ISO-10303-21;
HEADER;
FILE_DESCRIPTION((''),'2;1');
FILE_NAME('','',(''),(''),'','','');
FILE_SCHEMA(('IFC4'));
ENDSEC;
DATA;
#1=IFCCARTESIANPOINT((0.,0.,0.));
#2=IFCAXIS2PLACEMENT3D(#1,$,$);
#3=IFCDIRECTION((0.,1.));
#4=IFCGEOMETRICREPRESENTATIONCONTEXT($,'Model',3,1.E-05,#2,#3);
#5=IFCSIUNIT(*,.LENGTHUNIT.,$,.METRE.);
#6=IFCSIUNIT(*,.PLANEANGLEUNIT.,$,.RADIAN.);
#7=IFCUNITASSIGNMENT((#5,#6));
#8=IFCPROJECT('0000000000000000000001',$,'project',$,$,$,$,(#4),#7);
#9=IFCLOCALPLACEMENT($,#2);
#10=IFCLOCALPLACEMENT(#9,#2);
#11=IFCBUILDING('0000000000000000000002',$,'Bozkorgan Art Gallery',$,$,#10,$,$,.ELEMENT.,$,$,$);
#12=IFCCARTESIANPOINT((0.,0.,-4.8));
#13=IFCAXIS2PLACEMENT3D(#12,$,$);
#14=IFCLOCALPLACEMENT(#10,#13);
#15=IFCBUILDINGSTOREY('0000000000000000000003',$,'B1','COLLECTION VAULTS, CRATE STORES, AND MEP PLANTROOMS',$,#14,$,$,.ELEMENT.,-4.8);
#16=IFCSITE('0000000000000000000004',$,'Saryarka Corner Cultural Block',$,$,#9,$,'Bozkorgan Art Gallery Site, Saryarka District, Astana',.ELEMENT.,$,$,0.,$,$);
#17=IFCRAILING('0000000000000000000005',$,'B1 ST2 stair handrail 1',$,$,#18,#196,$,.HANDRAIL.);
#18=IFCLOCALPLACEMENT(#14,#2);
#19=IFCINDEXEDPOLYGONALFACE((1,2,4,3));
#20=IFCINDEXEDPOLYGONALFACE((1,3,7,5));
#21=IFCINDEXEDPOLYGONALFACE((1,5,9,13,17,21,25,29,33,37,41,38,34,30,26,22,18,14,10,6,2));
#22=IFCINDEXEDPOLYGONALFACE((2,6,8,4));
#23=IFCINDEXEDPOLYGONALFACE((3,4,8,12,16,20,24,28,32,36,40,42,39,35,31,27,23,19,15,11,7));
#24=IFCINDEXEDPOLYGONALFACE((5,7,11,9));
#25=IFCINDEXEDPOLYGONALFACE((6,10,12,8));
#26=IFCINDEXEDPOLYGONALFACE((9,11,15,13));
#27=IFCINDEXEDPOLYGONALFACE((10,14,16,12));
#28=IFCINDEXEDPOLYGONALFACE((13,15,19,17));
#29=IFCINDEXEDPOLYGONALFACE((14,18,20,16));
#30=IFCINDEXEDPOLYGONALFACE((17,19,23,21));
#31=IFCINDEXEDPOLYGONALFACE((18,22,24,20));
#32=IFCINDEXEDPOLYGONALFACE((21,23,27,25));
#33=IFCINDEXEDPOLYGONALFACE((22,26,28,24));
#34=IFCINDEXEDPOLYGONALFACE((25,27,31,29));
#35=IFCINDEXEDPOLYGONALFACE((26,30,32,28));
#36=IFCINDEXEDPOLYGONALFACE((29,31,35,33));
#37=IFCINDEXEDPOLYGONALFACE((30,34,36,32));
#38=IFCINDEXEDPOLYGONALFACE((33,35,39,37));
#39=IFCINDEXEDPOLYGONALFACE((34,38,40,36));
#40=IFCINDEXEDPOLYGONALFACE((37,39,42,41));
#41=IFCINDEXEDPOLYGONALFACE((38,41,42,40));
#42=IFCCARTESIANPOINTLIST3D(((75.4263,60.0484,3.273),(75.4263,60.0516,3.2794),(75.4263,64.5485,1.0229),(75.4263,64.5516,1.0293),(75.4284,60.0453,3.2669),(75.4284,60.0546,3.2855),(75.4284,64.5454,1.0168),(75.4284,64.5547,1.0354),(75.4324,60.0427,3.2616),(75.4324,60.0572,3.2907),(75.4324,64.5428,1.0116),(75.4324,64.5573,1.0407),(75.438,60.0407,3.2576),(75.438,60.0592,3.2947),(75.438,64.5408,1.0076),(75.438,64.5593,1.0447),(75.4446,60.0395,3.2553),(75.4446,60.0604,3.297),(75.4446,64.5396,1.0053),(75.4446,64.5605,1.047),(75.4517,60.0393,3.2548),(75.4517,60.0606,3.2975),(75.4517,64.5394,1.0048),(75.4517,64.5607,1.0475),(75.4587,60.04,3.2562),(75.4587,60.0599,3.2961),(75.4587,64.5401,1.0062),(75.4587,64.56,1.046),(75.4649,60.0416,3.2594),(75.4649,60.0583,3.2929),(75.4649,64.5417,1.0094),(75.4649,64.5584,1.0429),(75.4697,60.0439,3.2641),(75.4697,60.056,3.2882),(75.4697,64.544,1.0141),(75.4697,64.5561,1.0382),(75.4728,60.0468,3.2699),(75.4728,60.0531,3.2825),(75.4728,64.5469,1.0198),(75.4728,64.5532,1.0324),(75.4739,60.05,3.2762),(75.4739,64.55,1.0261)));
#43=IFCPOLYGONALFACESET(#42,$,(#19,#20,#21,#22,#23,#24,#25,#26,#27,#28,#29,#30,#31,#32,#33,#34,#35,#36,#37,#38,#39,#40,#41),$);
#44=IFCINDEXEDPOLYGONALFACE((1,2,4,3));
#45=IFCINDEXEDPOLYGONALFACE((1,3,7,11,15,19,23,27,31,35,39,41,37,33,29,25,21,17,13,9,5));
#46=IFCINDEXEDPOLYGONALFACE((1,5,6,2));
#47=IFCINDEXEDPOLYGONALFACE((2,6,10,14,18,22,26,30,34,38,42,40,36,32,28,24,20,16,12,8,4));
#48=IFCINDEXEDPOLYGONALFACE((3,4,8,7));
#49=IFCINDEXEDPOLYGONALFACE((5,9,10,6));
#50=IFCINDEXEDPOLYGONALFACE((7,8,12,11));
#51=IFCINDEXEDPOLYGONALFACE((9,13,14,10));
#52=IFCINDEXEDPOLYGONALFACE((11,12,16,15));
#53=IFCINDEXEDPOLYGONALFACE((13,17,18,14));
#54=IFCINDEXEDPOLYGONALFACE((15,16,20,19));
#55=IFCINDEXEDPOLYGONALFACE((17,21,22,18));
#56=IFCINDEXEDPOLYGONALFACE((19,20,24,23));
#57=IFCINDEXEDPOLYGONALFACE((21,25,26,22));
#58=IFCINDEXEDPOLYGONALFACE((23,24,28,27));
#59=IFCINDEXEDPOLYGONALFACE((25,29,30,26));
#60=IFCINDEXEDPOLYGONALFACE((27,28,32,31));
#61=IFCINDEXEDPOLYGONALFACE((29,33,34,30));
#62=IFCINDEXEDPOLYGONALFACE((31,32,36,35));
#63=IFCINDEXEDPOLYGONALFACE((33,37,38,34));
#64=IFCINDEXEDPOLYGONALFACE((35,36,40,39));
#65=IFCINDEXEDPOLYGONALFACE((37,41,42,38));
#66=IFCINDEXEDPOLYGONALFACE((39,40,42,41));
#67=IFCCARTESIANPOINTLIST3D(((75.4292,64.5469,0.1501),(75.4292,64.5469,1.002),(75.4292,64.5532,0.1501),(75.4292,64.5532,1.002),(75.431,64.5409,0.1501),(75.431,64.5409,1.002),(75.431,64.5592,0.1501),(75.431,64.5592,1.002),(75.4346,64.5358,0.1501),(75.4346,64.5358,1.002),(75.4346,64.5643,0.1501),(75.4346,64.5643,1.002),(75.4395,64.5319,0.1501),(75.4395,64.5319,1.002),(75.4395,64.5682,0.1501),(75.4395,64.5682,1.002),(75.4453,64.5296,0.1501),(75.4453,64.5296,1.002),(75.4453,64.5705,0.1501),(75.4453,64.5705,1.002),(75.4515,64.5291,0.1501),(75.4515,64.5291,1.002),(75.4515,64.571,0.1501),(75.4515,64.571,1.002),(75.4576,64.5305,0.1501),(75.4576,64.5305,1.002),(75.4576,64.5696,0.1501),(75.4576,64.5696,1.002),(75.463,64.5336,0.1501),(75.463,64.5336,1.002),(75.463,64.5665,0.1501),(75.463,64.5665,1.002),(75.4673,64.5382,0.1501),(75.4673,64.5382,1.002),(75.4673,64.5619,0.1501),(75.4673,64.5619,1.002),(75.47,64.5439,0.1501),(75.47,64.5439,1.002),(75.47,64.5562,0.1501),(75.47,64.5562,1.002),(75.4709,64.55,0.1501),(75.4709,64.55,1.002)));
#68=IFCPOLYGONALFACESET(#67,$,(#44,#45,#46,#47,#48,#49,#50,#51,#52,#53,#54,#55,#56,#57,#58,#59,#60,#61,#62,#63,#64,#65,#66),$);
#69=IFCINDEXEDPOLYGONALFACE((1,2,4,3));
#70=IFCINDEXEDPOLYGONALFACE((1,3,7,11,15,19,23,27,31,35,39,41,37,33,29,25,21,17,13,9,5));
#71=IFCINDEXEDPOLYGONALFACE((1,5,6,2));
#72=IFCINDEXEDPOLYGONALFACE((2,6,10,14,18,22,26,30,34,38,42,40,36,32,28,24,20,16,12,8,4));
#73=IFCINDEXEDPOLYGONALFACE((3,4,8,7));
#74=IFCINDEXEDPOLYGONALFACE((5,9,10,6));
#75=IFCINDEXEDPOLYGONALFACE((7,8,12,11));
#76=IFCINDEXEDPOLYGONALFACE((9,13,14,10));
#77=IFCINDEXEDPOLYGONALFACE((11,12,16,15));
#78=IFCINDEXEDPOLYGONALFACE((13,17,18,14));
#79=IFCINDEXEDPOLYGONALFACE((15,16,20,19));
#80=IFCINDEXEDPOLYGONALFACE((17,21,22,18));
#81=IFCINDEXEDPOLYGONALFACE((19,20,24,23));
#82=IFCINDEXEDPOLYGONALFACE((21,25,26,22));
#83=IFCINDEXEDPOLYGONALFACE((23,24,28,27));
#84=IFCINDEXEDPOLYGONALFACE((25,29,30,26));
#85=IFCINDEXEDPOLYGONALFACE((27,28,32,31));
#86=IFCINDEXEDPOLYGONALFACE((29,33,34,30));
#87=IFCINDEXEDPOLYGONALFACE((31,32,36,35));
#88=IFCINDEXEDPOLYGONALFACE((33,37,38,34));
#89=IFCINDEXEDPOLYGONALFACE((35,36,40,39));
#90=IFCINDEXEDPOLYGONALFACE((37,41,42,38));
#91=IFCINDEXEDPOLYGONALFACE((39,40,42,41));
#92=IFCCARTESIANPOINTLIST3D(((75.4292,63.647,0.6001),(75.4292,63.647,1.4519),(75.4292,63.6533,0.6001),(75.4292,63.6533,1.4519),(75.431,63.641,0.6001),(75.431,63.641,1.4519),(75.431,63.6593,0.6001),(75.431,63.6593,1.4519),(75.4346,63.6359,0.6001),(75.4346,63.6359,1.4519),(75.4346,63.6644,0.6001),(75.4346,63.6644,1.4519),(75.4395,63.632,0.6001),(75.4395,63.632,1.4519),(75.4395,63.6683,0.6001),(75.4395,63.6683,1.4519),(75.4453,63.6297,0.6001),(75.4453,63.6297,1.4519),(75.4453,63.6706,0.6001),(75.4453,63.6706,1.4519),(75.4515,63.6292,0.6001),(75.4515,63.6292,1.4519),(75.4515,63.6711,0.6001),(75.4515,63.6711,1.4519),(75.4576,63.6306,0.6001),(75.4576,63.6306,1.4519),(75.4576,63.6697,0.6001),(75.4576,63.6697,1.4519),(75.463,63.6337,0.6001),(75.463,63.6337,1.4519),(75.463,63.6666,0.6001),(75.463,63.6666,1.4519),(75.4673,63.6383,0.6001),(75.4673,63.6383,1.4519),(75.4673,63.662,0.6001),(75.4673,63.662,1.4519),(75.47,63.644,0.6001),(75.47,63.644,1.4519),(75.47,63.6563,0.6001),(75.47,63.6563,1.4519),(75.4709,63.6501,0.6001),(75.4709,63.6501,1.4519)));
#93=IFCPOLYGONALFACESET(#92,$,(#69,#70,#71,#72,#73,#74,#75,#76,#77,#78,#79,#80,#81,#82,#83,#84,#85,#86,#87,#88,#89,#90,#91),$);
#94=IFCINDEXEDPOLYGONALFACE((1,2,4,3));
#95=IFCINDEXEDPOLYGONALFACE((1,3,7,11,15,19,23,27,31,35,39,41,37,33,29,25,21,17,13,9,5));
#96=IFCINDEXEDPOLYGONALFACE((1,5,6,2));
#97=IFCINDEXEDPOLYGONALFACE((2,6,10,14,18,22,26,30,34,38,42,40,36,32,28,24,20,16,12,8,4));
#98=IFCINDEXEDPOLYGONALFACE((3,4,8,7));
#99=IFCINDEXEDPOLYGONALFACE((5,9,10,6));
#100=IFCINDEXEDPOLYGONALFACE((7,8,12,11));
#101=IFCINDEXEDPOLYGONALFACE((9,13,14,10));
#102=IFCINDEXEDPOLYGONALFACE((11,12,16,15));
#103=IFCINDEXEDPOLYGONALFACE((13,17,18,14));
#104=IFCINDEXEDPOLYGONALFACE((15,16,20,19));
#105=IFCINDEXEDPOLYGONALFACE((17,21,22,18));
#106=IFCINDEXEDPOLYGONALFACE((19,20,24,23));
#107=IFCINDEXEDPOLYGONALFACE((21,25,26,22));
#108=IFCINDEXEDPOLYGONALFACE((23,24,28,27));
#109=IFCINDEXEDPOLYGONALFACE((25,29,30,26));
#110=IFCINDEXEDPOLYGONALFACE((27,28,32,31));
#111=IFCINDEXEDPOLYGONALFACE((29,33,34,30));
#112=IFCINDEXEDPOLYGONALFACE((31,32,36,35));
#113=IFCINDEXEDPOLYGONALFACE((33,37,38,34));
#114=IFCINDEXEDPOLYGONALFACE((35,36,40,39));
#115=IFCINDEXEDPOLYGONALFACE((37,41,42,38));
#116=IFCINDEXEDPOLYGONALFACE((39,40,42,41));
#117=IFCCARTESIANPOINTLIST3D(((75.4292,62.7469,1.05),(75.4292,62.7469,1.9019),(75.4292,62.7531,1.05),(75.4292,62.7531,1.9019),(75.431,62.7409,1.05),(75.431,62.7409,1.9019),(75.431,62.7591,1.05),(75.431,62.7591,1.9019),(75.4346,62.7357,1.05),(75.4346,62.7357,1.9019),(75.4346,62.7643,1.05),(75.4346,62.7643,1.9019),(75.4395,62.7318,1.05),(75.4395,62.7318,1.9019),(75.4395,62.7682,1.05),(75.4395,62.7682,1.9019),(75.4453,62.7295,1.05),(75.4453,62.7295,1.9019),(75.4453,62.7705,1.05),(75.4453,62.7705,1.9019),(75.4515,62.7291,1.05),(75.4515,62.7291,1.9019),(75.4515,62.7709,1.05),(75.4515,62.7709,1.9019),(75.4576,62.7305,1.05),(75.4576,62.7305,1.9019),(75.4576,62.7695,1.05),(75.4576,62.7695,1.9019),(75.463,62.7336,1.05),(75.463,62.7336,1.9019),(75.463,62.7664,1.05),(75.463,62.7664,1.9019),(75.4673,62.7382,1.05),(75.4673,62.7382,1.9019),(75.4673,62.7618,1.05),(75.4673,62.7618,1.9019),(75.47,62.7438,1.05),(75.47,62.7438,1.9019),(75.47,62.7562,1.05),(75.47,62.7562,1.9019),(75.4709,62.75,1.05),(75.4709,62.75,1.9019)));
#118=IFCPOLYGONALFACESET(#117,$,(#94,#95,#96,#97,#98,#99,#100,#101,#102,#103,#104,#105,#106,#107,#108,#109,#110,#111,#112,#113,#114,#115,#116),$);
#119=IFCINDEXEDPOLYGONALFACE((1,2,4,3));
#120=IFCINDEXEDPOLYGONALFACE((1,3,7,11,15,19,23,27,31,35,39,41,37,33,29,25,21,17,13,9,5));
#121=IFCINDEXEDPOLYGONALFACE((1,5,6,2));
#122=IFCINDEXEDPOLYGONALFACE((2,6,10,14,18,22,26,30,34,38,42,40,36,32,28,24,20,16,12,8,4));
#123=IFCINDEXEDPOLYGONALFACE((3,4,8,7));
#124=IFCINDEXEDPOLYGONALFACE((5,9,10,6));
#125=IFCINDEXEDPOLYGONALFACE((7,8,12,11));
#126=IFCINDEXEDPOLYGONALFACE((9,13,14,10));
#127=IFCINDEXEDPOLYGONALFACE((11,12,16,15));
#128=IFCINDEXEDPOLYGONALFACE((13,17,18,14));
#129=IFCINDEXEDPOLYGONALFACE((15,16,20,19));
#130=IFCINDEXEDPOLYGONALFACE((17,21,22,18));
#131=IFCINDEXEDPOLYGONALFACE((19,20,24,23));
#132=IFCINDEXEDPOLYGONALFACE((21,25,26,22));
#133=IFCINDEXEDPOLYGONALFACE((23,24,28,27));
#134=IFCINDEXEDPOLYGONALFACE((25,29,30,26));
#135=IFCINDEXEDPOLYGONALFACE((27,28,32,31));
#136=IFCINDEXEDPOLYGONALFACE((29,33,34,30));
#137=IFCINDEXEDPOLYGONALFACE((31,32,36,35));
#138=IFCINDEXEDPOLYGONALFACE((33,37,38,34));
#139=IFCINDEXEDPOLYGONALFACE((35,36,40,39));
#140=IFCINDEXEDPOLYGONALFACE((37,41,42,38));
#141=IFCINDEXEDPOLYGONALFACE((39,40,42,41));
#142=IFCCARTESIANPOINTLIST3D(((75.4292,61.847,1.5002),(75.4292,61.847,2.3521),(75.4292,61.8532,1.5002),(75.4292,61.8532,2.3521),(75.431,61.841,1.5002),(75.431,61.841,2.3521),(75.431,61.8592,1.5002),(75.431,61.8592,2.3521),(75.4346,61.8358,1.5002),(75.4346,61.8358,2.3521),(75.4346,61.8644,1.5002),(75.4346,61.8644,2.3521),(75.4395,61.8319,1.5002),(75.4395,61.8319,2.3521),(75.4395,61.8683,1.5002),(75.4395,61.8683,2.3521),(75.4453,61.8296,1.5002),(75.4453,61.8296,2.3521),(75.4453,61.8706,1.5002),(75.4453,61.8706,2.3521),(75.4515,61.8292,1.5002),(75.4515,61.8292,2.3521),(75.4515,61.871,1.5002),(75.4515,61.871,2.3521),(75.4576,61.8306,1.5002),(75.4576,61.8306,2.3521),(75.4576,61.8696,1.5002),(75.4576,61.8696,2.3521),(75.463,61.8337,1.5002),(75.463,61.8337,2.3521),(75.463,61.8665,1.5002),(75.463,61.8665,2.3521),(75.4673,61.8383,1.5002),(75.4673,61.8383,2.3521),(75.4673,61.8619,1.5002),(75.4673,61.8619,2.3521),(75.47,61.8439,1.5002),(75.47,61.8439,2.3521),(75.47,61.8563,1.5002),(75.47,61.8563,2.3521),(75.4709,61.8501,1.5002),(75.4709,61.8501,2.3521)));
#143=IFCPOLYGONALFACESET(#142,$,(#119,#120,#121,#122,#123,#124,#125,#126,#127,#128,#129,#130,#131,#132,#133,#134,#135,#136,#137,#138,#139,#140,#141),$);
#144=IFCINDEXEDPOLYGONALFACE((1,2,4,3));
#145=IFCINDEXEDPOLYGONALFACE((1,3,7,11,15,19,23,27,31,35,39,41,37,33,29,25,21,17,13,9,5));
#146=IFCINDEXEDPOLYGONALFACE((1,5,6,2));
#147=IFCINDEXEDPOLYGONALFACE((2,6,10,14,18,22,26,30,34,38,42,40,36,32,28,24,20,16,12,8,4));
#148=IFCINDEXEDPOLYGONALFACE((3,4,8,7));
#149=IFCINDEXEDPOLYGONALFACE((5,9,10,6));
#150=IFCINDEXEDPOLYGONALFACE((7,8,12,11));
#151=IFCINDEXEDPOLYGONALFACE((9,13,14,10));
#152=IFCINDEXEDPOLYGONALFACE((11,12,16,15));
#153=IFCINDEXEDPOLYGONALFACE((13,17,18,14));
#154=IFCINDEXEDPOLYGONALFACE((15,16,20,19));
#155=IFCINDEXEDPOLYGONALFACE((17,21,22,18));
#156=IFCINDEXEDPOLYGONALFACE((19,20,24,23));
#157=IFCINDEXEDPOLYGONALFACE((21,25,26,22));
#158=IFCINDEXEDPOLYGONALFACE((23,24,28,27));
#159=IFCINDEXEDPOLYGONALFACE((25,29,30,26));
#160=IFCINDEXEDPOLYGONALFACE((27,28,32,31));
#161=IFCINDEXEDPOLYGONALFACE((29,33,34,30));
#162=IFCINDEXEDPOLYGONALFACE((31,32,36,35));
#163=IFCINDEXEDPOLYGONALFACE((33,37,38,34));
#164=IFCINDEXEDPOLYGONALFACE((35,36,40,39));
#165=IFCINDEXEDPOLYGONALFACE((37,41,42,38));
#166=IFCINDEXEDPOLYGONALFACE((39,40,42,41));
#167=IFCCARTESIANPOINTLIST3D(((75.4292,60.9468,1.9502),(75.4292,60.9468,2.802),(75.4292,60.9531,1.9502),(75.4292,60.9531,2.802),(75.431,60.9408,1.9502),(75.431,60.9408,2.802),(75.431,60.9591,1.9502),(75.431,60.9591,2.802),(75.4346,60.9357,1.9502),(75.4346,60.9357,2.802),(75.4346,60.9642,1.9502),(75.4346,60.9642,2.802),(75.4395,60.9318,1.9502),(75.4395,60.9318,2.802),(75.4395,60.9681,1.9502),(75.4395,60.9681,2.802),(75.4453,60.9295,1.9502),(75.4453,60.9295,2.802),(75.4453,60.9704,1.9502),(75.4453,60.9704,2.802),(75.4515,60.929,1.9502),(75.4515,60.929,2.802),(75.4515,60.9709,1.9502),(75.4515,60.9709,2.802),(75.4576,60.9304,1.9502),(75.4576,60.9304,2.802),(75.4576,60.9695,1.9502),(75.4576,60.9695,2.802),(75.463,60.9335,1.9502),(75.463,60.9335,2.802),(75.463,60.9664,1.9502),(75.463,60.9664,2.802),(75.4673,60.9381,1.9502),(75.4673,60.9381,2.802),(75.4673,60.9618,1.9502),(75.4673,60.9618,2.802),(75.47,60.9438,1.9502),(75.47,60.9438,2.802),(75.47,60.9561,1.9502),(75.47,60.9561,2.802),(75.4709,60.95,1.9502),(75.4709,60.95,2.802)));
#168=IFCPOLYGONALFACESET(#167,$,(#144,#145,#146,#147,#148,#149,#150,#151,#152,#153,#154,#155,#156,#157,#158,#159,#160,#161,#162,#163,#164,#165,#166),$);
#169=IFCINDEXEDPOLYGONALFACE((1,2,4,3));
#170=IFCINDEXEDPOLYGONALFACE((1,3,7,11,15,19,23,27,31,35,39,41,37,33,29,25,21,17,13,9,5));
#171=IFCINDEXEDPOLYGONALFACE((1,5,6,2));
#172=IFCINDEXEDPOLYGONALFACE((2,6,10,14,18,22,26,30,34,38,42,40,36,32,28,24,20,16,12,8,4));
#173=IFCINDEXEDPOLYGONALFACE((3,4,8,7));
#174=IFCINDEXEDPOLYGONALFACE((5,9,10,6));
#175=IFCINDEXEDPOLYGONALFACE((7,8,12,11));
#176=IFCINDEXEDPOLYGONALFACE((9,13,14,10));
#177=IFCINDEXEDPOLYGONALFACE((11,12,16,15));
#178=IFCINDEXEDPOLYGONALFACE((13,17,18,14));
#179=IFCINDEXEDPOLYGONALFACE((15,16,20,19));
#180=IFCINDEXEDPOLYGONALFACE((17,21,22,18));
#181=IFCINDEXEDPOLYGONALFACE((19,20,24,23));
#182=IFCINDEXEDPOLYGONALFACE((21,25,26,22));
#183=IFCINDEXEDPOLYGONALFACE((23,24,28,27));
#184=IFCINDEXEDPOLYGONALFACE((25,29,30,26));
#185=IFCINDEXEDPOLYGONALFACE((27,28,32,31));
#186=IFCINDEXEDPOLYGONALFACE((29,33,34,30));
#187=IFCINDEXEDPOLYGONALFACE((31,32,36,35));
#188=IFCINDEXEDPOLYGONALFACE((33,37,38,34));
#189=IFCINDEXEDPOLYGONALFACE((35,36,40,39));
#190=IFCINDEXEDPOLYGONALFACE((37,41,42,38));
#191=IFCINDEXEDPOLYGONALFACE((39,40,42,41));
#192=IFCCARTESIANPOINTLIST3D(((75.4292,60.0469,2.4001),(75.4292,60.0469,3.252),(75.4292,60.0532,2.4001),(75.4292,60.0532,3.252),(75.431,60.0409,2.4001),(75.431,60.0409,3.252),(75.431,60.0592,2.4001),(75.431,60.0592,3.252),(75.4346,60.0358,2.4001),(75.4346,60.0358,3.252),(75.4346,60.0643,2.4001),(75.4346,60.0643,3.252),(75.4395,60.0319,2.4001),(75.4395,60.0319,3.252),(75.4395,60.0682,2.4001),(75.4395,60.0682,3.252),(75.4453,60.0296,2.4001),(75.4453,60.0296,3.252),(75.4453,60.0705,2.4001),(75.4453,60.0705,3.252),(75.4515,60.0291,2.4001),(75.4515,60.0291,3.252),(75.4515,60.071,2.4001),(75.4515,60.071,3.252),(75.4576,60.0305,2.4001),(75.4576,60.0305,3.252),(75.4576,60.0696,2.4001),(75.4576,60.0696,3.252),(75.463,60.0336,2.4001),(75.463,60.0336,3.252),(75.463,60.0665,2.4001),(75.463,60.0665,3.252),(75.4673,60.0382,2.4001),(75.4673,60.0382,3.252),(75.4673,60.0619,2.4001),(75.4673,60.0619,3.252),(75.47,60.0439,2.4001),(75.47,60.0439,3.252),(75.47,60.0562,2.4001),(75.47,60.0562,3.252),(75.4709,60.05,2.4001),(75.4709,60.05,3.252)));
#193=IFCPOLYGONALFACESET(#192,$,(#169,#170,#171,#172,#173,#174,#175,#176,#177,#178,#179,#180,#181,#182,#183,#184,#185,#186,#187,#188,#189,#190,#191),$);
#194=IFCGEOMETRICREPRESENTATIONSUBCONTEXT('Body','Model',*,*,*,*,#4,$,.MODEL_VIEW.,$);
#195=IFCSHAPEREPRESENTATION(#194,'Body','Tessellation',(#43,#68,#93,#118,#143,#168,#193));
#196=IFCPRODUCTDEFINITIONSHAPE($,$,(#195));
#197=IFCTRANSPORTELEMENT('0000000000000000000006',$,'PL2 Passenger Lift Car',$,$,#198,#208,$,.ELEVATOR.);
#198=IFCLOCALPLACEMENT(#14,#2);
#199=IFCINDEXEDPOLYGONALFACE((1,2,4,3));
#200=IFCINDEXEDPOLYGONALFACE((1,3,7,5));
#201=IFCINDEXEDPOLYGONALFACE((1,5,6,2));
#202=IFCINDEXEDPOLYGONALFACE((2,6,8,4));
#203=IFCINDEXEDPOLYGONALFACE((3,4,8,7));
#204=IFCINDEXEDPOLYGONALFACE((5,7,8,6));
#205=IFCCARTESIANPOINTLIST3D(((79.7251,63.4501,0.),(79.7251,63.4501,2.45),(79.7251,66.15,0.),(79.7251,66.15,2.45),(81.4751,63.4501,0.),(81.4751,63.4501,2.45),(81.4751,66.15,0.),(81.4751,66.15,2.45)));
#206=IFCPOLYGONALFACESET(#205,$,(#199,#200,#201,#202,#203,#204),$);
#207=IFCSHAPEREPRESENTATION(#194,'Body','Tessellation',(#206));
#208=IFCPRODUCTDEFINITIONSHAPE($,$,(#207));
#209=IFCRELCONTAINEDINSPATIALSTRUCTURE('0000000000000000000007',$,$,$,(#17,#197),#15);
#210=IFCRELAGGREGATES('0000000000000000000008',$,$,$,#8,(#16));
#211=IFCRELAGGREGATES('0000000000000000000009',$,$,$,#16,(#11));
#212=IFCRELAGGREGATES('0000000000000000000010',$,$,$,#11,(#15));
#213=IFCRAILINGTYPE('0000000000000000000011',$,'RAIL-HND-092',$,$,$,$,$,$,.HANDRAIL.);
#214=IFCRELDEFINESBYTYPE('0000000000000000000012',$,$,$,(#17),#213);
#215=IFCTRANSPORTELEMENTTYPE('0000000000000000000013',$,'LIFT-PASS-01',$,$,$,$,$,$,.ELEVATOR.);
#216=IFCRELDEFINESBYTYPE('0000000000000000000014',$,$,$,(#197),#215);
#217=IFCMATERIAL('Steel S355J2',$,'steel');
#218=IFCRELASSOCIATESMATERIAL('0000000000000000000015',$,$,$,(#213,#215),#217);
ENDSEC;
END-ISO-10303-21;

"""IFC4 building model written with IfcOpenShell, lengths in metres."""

from ifc_helpers import new_model, si_unit, direction, frame, origin, origin_2d, place, context, subcontext, project, spatial, rectangle, circle, extrude, material, type_object, element, save


model = new_model("IFC4")

# Units and contexts
model_context = context("Model", 3, precision=1e-05, world=origin(), true_north=direction((0.0, 1.0)))
body_context = subcontext(model_context, "Body", "Model", "MODEL_VIEW")
ifc_project = project(units=[si_unit("LENGTHUNIT", "METRE"), si_unit("PLANEANGLEUNIT", "RADIAN")], contexts=[model_context])

# Site, building, storey
site_placement = place(None, origin())
site = spatial("IfcSite", under=ifc_project, at=site_placement, Name="Saryarka Corner Cultural Block", LongName="Bozkorgan Art Gallery Site, Saryarka District, Astana", CompositionType="ELEMENT", RefElevation=0.0)
building_placement = place(site_placement, origin())
building = spatial("IfcBuilding", under=site, at=building_placement, Name="Bozkorgan Art Gallery", CompositionType="ELEMENT")
storey_placement = place(building_placement, frame((0.0, 0.0, -4.8)))
storey = spatial("IfcBuildingStorey", under=building, at=storey_placement, Name="B1", Description="COLLECTION VAULTS, CRATE STORES, AND MEP PLANTROOMS", CompositionType="ELEMENT", Elevation=-4.8)

# Shared definitions
ifc_material_1 = material(Name="Steel S355J2", Category="steel")

# Railing
railing_type_1 = type_object("IfcRailingType", Name="RAIL-HND-092", PredefinedType="HANDRAIL", material=ifc_material_1)
railing_1_placement = place(storey_placement, frame((75.45, 64.55, 0.1501)))
element("IfcRailing", 1, at=railing_1_placement, inside=storey, type_object=railing_type_1, Name="B1 ST2 stair handrail 1", PredefinedType="HANDRAIL", context=body_context, shape_type="SweptSolid", body=[
    extrude(circle(Radius=0.0239, at=origin_2d()), frame((0.0, 0.0, 0.876), z_axis=(0.0, -0.894427, 0.447214), x_axis=(1.0, 0.0, 0.0)), (0.0, 0.0, 1.0), 5.0312),
    extrude(circle(Radius=0.021, at=origin_2d()), origin(), (0.0, 0.0, 1.0), 0.8518),
    extrude(circle(Radius=0.021, at=origin_2d()), frame((0.0, -0.8999, 0.45)), (0.0, 0.0, 1.0), 0.8518),
    extrude(circle(Radius=0.021, at=origin_2d()), frame((0.0, -1.8, 0.8999)), (0.0, 0.0, 1.0), 0.8518),
    extrude(circle(Radius=0.021, at=origin_2d()), frame((0.0, -2.7, 1.3501)), (0.0, 0.0, 1.0), 0.8518),
    extrude(circle(Radius=0.021, at=origin_2d()), frame((0.0, -3.6001, 1.8)), (0.0, 0.0, 1.0), 0.8518),
    extrude(circle(Radius=0.021, at=origin_2d()), frame((0.0, -4.5, 2.25)), (0.0, 0.0, 1.0), 0.8518),
])

# Transport element
transport_element_type = type_object("IfcTransportElementType", Name="LIFT-PASS-01", PredefinedType="ELEVATOR", material=ifc_material_1)
transport_element_placement = place(storey_placement, frame((80.6001, 64.8, 0.0), z_axis=(0.0, 0.0, 1.0), x_axis=(1.0, 0.0, 0.0)))
element("IfcTransportElement", 2, at=transport_element_placement, inside=storey, type_object=transport_element_type, Name="PL2 Passenger Lift Car", PredefinedType="ELEVATOR", context=body_context, shape_type="SweptSolid", body=[
    extrude(rectangle(XDim=1.75, YDim=2.7, at=origin_2d()), origin(), (0.0, 0.0, 1.0), 2.45),
])

save(model, "model.ifc")
